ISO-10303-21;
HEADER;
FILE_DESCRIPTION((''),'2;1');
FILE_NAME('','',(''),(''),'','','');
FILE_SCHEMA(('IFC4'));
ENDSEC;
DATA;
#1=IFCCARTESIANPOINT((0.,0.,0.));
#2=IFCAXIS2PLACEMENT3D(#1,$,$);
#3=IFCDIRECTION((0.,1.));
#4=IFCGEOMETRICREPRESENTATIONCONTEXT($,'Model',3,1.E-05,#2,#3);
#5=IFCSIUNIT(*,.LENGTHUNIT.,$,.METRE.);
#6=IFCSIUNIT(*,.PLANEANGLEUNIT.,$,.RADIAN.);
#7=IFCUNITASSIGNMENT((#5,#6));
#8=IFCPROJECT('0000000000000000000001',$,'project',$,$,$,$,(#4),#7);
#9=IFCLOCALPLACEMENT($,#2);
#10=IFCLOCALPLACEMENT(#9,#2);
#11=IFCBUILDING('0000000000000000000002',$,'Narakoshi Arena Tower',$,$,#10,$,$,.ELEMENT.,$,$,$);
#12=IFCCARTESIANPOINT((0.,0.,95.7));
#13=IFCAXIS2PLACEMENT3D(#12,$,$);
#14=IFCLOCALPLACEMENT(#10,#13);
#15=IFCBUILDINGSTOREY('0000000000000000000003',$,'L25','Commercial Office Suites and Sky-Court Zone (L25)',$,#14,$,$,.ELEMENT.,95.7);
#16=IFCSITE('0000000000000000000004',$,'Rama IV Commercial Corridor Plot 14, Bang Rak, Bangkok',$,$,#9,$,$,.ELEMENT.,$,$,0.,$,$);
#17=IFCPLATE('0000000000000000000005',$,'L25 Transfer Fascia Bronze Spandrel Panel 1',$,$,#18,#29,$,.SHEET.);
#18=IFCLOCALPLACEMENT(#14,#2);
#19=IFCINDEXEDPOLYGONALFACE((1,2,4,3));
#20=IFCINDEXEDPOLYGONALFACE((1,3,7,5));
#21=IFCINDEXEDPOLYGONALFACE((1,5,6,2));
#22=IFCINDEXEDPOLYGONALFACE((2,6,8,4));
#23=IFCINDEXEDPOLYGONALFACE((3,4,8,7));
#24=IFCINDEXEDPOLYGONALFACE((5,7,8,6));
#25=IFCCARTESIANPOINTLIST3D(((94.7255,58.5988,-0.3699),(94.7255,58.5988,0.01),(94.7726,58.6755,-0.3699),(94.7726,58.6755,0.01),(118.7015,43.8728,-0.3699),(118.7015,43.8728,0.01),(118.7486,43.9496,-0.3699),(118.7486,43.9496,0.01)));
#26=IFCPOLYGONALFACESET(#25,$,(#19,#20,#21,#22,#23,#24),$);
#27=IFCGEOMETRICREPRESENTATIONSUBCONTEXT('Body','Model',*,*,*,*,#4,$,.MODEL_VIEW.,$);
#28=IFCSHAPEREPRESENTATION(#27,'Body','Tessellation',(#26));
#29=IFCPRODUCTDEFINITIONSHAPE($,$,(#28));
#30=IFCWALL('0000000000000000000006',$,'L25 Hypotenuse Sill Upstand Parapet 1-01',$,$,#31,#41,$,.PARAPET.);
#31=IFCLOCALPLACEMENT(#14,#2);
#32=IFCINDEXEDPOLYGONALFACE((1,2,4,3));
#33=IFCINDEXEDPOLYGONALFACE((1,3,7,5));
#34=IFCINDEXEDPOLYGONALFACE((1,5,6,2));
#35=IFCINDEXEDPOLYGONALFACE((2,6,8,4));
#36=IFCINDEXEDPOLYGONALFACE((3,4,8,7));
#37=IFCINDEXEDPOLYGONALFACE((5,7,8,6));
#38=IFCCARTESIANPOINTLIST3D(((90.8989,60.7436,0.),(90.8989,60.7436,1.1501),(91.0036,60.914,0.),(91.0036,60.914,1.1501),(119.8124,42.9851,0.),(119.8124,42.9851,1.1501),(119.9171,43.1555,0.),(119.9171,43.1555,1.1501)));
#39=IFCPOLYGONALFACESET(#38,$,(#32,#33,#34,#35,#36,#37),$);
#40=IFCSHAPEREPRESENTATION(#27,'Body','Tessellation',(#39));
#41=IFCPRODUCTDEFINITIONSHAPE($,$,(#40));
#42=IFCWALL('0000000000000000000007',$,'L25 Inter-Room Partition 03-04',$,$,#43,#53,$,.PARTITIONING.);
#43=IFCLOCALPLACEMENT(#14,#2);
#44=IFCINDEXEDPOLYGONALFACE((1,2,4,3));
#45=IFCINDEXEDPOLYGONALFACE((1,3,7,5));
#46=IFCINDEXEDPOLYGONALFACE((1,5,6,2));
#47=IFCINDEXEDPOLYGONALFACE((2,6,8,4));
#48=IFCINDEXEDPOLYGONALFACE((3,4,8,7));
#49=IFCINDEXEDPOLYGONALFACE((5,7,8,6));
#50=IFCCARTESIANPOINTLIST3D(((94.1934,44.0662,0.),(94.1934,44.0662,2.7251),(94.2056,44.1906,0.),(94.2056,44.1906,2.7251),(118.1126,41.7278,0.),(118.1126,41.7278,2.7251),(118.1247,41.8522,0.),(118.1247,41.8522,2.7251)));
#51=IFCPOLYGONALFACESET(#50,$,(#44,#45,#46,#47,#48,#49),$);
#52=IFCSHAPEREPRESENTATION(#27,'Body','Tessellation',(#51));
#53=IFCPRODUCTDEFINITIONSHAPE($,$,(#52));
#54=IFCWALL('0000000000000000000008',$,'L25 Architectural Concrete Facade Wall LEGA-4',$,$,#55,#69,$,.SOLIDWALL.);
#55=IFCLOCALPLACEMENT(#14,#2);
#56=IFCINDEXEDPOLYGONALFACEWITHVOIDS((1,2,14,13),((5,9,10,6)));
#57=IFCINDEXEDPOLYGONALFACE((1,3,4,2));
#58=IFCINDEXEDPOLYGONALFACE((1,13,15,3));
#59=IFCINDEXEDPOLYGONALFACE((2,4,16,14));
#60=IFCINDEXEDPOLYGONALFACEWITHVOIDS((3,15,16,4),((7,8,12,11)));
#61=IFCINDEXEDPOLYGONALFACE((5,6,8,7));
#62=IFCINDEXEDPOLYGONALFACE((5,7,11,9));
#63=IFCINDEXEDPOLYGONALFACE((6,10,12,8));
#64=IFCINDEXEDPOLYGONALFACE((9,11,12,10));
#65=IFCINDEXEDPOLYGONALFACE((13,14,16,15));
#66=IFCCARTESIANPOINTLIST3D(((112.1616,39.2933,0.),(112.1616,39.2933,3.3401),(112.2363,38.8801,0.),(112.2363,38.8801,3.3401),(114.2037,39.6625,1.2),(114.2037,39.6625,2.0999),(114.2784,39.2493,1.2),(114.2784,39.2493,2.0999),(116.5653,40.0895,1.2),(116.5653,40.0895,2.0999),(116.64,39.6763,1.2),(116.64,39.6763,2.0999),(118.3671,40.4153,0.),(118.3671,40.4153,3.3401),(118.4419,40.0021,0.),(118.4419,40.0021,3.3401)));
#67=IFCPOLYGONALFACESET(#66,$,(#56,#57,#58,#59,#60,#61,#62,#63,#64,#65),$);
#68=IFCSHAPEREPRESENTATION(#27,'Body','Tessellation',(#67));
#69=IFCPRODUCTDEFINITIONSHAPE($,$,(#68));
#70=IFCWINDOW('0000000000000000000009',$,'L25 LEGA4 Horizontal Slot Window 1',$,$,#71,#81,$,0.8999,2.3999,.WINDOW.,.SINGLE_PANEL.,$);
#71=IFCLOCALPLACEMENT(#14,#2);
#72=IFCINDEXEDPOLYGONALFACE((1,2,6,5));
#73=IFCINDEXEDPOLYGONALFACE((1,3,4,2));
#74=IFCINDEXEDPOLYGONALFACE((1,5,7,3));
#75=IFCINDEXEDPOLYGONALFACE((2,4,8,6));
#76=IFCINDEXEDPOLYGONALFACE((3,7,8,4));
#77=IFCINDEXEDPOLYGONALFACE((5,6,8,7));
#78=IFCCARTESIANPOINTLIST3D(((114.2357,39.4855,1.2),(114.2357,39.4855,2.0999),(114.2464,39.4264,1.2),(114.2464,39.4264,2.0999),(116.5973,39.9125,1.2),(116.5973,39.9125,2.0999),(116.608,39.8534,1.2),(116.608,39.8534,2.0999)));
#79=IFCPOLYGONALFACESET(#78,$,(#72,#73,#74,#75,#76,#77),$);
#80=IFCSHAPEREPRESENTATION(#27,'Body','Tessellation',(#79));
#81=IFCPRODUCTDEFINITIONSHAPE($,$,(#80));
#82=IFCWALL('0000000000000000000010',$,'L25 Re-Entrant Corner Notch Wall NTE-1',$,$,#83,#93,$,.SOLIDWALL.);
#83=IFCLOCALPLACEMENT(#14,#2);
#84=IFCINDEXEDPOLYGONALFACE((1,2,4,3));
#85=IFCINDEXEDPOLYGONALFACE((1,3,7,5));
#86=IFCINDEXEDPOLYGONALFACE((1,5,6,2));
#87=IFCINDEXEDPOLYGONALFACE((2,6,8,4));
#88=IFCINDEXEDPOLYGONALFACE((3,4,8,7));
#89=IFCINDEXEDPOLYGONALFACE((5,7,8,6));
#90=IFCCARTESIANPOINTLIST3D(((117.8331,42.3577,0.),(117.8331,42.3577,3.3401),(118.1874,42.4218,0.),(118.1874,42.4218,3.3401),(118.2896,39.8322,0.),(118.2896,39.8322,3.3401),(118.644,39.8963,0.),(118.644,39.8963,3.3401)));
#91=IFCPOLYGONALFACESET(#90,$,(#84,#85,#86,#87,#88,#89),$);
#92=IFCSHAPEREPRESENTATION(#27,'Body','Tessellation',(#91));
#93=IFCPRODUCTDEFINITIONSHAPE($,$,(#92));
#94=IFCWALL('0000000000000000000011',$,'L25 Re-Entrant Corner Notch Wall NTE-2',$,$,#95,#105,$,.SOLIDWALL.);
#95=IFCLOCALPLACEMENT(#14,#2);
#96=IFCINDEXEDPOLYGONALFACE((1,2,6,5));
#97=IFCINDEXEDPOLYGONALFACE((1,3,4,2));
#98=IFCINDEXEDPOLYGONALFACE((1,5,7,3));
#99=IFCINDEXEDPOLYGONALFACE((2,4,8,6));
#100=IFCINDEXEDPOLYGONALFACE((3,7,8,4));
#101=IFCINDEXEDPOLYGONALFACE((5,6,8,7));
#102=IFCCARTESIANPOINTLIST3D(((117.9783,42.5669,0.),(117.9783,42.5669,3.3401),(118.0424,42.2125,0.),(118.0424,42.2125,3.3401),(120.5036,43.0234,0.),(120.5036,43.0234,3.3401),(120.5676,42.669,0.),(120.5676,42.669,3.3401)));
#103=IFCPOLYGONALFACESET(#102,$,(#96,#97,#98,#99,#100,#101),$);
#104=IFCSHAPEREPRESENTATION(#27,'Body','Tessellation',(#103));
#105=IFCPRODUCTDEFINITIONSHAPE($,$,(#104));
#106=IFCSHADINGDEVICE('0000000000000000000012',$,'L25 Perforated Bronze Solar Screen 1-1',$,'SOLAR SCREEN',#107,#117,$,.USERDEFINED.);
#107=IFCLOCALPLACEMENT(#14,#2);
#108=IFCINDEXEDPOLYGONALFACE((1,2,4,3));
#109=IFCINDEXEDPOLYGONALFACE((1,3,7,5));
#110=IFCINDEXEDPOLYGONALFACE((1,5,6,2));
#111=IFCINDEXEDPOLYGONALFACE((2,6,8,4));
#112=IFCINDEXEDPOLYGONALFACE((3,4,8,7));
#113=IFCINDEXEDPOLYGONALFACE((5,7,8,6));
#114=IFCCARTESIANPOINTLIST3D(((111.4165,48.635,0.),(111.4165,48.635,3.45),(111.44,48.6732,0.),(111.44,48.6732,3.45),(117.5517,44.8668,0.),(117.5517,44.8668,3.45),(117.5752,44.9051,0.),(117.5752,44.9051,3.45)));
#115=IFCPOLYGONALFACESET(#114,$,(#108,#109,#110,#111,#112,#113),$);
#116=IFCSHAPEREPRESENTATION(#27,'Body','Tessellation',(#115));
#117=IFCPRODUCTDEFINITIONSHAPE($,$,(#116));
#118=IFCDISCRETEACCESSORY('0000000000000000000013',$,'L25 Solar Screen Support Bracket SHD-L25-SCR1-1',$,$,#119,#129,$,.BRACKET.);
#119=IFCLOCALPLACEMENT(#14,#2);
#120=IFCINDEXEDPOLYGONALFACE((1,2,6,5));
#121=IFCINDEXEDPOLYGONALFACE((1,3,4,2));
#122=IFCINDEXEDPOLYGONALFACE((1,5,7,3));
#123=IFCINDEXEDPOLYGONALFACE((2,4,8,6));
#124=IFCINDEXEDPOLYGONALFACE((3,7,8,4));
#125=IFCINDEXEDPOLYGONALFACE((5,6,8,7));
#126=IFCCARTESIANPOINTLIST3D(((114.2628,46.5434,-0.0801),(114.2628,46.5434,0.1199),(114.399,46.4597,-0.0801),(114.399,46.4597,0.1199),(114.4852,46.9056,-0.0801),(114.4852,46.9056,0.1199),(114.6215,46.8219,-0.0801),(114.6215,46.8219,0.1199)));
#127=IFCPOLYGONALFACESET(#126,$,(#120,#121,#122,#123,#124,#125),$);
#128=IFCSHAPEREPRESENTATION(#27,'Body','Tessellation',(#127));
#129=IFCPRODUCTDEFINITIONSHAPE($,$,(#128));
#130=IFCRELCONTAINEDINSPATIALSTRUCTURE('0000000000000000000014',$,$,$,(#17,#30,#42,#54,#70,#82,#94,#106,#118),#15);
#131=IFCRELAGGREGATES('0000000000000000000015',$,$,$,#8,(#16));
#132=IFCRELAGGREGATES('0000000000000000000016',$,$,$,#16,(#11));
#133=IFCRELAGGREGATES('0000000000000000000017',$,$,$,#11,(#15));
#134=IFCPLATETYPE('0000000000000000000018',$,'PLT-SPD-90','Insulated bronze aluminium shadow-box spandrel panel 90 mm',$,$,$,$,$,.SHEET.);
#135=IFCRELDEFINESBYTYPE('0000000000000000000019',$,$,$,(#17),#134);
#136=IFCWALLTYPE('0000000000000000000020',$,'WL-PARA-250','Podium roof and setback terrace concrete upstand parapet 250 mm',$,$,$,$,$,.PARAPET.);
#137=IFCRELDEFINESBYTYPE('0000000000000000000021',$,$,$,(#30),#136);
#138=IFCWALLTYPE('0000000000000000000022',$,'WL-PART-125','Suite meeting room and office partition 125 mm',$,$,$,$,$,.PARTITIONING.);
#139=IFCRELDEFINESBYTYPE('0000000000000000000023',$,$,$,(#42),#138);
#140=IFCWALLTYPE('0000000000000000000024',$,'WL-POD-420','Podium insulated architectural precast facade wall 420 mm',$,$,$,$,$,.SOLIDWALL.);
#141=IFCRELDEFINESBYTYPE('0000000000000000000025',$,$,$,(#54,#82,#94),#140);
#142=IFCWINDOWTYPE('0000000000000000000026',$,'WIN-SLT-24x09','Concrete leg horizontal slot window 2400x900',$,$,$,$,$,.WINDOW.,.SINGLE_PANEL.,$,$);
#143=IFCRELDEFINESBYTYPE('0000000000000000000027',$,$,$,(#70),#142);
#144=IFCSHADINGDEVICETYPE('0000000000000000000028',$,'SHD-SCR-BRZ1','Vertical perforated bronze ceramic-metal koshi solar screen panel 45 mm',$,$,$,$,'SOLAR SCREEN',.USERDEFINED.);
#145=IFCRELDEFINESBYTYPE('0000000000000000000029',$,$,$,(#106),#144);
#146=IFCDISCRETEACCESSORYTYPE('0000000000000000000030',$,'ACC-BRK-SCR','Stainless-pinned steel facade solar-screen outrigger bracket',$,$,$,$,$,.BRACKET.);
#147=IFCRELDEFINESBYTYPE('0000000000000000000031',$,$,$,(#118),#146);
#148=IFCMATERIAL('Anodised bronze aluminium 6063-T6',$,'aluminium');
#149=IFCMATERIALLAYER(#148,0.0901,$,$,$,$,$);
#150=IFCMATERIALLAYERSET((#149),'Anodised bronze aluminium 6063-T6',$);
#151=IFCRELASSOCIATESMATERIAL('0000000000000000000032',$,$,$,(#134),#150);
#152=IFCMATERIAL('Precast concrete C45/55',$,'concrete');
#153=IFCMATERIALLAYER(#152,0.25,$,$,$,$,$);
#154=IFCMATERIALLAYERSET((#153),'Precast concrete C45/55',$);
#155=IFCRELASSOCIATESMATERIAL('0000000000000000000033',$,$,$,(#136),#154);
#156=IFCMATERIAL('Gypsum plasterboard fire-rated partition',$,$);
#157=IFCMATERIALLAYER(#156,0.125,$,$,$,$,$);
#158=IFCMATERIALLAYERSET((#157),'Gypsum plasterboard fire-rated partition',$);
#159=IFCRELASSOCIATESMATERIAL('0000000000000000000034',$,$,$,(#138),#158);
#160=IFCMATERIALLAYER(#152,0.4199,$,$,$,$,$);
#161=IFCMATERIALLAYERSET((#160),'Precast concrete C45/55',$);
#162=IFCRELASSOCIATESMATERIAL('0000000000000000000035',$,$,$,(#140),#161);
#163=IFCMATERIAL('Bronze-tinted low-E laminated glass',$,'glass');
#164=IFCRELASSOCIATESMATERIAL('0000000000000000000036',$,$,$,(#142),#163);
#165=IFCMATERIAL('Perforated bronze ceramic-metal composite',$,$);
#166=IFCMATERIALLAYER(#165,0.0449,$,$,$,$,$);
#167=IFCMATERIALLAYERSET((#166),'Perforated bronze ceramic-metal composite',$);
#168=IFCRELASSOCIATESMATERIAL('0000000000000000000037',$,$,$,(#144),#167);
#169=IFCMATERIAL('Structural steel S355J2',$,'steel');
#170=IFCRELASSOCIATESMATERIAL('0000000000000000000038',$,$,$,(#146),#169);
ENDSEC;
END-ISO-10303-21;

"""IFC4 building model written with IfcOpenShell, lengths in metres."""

from ifc_helpers import new_model, si_unit, direction, frame, frame_2d, origin, origin_2d, place, context, subcontext, project, spatial, rectangle, extrude, material, layer, layer_set, type_object, element, fill, save


model = new_model("IFC4")

# Units and contexts
model_context = context("Model", 3, precision=1e-05, world=origin(), true_north=direction((0.0, 1.0)))
body_context = subcontext(model_context, "Body", "Model", "MODEL_VIEW")
ifc_project = project(units=[si_unit("LENGTHUNIT", "METRE"), si_unit("PLANEANGLEUNIT", "RADIAN")], contexts=[model_context])

# Site, building, storey
site_placement = place(None, origin())
site = spatial("IfcSite", under=ifc_project, at=site_placement, Name="Rama IV Commercial Corridor Plot 14, Bang Rak, Bangkok", CompositionType="ELEMENT", RefElevation=0.0)
building_placement = place(site_placement, origin())
building = spatial("IfcBuilding", under=site, at=building_placement, Name="Narakoshi Arena Tower", CompositionType="ELEMENT")
storey_placement = place(building_placement, frame((0.0, 0.0, 95.7)))
storey = spatial("IfcBuildingStorey", under=building, at=storey_placement, Name="L25", Description="Commercial Office Suites and Sky-Court Zone (L25)", CompositionType="ELEMENT", Elevation=95.7)

# Shared definitions
ifc_material_1 = material(Name="Structural steel S355J2", Category="steel")

# Shared definitions
ifc_material_2 = material(Name="Anodised bronze aluminium 6063-T6", Category="aluminium")
ifc_material_3 = material(Name="Bronze-tinted low-E laminated glass", Category="glass")

# Plate
ifc_layer_1 = layer(ifc_material_2, 0.0901)
ifc_layer_set_1 = layer_set([ifc_layer_1], Name="Anodised bronze aluminium 6063-T6")
plate_type_1 = type_object("IfcPlateType", Name="PLT-SPD-90", Description="Insulated bronze aluminium shadow-box spandrel panel 90 mm", PredefinedType="SHEET", material=ifc_layer_set_1)
plate_1_placement = place(storey_placement, frame((106.7371, 51.2742, -0.3699), z_axis=(0.0, 0.0, 1.0), x_axis=(-0.852111, 0.523361, 0.0)))
element("IfcPlate", 1, at=plate_1_placement, inside=storey, type_object=plate_type_1, Name="L25 Transfer Fascia Bronze Spandrel Panel 1", PredefinedType="SHEET", context=body_context, shape_type="SweptSolid", body=[
    extrude(rectangle(XDim=28.1372, YDim=0.0901, at=origin_2d()), origin(), (0.0, 0.0, 1.0), 0.3799),
])

# Walls
ifc_material_4 = material(Name="Precast concrete C45/55", Category="concrete")
ifc_layer_2 = layer(ifc_material_4, 0.25)
ifc_layer_set_2 = layer_set([ifc_layer_2], Name="Precast concrete C45/55")
wall_type_1 = type_object("IfcWallType", Name="WL-PARA-250", Description="Podium roof and setback terrace concrete upstand parapet 250 mm", PredefinedType="PARAPET", material=ifc_layer_set_2)
wall_1_placement = place(storey_placement, frame((119.8647, 43.0703, 0.0), z_axis=(0.0, 0.0, 1.0), x_axis=(-0.852111, 0.523361, 0.0)))
element("IfcWall", 2, at=wall_1_placement, inside=storey, type_object=wall_type_1, Name="L25 Hypotenuse Sill Upstand Parapet 1-01", PredefinedType="PARAPET", context=body_context, shape_type="SweptSolid", body=[
    extrude(rectangle(XDim=33.9316, YDim=0.2, at=frame_2d((16.9658, 0.0))), origin(), (0.0, 0.0, 1.0), 1.1501),
])
ifc_material_5 = material(Name="Gypsum plasterboard fire-rated partition")
ifc_layer_3 = layer(ifc_material_5, 0.125)
ifc_layer_set_3 = layer_set([ifc_layer_3], Name="Gypsum plasterboard fire-rated partition")
wall_type_2 = type_object("IfcWallType", Name="WL-PART-125", Description="Suite meeting room and office partition 125 mm", PredefinedType="PARTITIONING", material=ifc_layer_set_3)
wall_2_placement = place(storey_placement, frame((118.1187, 41.79, 0.0), z_axis=(0.0, 0.0, 1.0), x_axis=(-0.995255, 0.097298, 0.0)))
element("IfcWall", 3, at=wall_2_placement, inside=storey, type_object=wall_type_2, Name="L25 Inter-Room Partition 03-04", PredefinedType="PARTITIONING", context=body_context, shape_type="SweptSolid", body=[
    extrude(rectangle(XDim=24.0332, YDim=0.125, at=frame_2d((12.0166, 0.0))), origin(), (0.0, 0.0, 1.0), 2.7251),
])

# Wall, opening, window
ifc_layer_4 = layer(ifc_material_4, 0.4199)
ifc_layer_set_4 = layer_set([ifc_layer_4], Name="Precast concrete C45/55")
wall_type_3 = type_object("IfcWallType", Name="WL-POD-420", Description="Podium insulated architectural precast facade wall 420 mm", PredefinedType="SOLIDWALL", material=ifc_layer_set_4)
wall_3_placement = place(storey_placement, frame((112.199, 39.0867, 0.0), z_axis=(0.0, 0.0, 1.0), x_axis=(0.984043, 0.177931, 0.0)))
wall_3 = element("IfcWall", 4, at=wall_3_placement, inside=storey, type_object=wall_type_3, Name="L25 Architectural Concrete Facade Wall LEGA-4", PredefinedType="SOLIDWALL", context=body_context, shape_type="SweptSolid", body=[
    extrude(rectangle(XDim=6.3062, YDim=0.4199, at=frame_2d((3.1531, 0.0))), origin(), (0.0, 0.0, 1.0), 3.3401),
])
opening_placement = place(wall_3_placement, frame((2.0752, 0.0, 1.2)))
opening = element("IfcOpeningElement", 5, at=opening_placement, cuts=wall_3, PredefinedType="OPENING", context=body_context, shape_type="SweptSolid", body=[
    extrude(rectangle(XDim=2.3999, YDim=0.8999, at=frame_2d((1.2, 0.45))), frame((0.0, 0.22, 0.0), z_axis=(0.0, -1.0, 0.0), x_axis=(1.0, 0.0, 0.0)), (0.0, 0.0, 1.0), 0.4399),
])
window_type = type_object("IfcWindowType", Name="WIN-SLT-24x09", Description="Concrete leg horizontal slot window 2400x900", PartitioningType="SINGLE_PANEL", PredefinedType="WINDOW", material=ifc_material_3)
window_placement = place(opening_placement, origin())
window = element("IfcWindow", 6, at=window_placement, inside=storey, type_object=window_type, Name="L25 LEGA4 Horizontal Slot Window 1", OverallHeight=0.8999, OverallWidth=2.3999, PartitioningType="SINGLE_PANEL", PredefinedType="WINDOW", context=body_context, shape_type="SweptSolid", body=[
    extrude(rectangle(XDim=2.3999, YDim=0.8999, at=frame_2d((1.2, 0.45))), frame((0.0, 0.03, 0.0), z_axis=(0.0, -1.0, 0.0), x_axis=(1.0, 0.0, 0.0)), (0.0, 0.0, 1.0), 0.0601),
])
fill(opening, window)

# Walls
wall_4_placement = place(storey_placement, frame((118.4668, 39.8643, 0.0), z_axis=(0.0, 0.0, 1.0), x_axis=(-0.177897, 0.984049, 0.0)))
element("IfcWall", 7, at=wall_4_placement, inside=storey, type_object=wall_type_3, Name="L25 Re-Entrant Corner Notch Wall NTE-1", PredefinedType="SOLIDWALL", context=body_context, shape_type="SweptSolid", body=[
    extrude(rectangle(XDim=2.5664, YDim=0.3601, at=frame_2d((1.2832, 0.0))), origin(), (0.0, 0.0, 1.0), 3.3401),
])
wall_5_placement = place(storey_placement, frame((118.0103, 42.3896, 0.0), z_axis=(0.0, 0.0, 1.0), x_axis=(0.984046, 0.177914, 0.0)))
element("IfcWall", 8, at=wall_5_placement, inside=storey, type_object=wall_type_3, Name="L25 Re-Entrant Corner Notch Wall NTE-2", PredefinedType="SOLIDWALL", context=body_context, shape_type="SweptSolid", body=[
    extrude(rectangle(XDim=2.5662, YDim=0.3601, at=frame_2d((1.2832, 0.0))), origin(), (0.0, 0.0, 1.0), 3.3401),
])

# Shading device
ifc_material_6 = material(Name="Perforated bronze ceramic-metal composite")
ifc_layer_5 = layer(ifc_material_6, 0.0449)
ifc_layer_set_5 = layer_set([ifc_layer_5], Name="Perforated bronze ceramic-metal composite")
shading_device_type = type_object("IfcShadingDeviceType", Name="SHD-SCR-BRZ1", Description="Vertical perforated bronze ceramic-metal koshi solar screen panel 45 mm", ElementType="SOLAR SCREEN", PredefinedType="USERDEFINED", material=ifc_layer_set_5)
shading_device_placement = place(storey_placement, frame((114.4958, 46.77, 0.0), z_axis=(0.0, 0.0, 1.0), x_axis=(-0.852111, 0.523361, 0.0)))
element("IfcShadingDevice", 9, at=shading_device_placement, inside=storey, type_object=shading_device_type, Name="L25 Perforated Bronze Solar Screen 1-1", ObjectType="SOLAR SCREEN", PredefinedType="USERDEFINED", context=body_context, shape_type="SweptSolid", body=[
    extrude(rectangle(XDim=7.2, YDim=0.0449, at=origin_2d()), origin(), (0.0, 0.0, 1.0), 3.45),
])

# Discrete accessory
discrete_accessory_type = type_object("IfcDiscreteAccessoryType", Name="ACC-BRK-SCR", Description="Stainless-pinned steel facade solar-screen outrigger bracket", PredefinedType="BRACKET", material=ifc_material_1)
discrete_accessory_placement = place(storey_placement, frame((114.4421, 46.6826, -0.0801), z_axis=(0.0, 0.0, 1.0), x_axis=(-0.852111, 0.523361, 0.0)))
element("IfcDiscreteAccessory", 10, at=discrete_accessory_placement, inside=storey, type_object=discrete_accessory_type, Name="L25 Solar Screen Support Bracket SHD-L25-SCR1-1", PredefinedType="BRACKET", context=body_context, shape_type="SweptSolid", body=[
    extrude(rectangle(XDim=0.1599, YDim=0.425, at=origin_2d()), origin(), (0.0, 0.0, 1.0), 0.2),
])

save(model, "model.ifc")
